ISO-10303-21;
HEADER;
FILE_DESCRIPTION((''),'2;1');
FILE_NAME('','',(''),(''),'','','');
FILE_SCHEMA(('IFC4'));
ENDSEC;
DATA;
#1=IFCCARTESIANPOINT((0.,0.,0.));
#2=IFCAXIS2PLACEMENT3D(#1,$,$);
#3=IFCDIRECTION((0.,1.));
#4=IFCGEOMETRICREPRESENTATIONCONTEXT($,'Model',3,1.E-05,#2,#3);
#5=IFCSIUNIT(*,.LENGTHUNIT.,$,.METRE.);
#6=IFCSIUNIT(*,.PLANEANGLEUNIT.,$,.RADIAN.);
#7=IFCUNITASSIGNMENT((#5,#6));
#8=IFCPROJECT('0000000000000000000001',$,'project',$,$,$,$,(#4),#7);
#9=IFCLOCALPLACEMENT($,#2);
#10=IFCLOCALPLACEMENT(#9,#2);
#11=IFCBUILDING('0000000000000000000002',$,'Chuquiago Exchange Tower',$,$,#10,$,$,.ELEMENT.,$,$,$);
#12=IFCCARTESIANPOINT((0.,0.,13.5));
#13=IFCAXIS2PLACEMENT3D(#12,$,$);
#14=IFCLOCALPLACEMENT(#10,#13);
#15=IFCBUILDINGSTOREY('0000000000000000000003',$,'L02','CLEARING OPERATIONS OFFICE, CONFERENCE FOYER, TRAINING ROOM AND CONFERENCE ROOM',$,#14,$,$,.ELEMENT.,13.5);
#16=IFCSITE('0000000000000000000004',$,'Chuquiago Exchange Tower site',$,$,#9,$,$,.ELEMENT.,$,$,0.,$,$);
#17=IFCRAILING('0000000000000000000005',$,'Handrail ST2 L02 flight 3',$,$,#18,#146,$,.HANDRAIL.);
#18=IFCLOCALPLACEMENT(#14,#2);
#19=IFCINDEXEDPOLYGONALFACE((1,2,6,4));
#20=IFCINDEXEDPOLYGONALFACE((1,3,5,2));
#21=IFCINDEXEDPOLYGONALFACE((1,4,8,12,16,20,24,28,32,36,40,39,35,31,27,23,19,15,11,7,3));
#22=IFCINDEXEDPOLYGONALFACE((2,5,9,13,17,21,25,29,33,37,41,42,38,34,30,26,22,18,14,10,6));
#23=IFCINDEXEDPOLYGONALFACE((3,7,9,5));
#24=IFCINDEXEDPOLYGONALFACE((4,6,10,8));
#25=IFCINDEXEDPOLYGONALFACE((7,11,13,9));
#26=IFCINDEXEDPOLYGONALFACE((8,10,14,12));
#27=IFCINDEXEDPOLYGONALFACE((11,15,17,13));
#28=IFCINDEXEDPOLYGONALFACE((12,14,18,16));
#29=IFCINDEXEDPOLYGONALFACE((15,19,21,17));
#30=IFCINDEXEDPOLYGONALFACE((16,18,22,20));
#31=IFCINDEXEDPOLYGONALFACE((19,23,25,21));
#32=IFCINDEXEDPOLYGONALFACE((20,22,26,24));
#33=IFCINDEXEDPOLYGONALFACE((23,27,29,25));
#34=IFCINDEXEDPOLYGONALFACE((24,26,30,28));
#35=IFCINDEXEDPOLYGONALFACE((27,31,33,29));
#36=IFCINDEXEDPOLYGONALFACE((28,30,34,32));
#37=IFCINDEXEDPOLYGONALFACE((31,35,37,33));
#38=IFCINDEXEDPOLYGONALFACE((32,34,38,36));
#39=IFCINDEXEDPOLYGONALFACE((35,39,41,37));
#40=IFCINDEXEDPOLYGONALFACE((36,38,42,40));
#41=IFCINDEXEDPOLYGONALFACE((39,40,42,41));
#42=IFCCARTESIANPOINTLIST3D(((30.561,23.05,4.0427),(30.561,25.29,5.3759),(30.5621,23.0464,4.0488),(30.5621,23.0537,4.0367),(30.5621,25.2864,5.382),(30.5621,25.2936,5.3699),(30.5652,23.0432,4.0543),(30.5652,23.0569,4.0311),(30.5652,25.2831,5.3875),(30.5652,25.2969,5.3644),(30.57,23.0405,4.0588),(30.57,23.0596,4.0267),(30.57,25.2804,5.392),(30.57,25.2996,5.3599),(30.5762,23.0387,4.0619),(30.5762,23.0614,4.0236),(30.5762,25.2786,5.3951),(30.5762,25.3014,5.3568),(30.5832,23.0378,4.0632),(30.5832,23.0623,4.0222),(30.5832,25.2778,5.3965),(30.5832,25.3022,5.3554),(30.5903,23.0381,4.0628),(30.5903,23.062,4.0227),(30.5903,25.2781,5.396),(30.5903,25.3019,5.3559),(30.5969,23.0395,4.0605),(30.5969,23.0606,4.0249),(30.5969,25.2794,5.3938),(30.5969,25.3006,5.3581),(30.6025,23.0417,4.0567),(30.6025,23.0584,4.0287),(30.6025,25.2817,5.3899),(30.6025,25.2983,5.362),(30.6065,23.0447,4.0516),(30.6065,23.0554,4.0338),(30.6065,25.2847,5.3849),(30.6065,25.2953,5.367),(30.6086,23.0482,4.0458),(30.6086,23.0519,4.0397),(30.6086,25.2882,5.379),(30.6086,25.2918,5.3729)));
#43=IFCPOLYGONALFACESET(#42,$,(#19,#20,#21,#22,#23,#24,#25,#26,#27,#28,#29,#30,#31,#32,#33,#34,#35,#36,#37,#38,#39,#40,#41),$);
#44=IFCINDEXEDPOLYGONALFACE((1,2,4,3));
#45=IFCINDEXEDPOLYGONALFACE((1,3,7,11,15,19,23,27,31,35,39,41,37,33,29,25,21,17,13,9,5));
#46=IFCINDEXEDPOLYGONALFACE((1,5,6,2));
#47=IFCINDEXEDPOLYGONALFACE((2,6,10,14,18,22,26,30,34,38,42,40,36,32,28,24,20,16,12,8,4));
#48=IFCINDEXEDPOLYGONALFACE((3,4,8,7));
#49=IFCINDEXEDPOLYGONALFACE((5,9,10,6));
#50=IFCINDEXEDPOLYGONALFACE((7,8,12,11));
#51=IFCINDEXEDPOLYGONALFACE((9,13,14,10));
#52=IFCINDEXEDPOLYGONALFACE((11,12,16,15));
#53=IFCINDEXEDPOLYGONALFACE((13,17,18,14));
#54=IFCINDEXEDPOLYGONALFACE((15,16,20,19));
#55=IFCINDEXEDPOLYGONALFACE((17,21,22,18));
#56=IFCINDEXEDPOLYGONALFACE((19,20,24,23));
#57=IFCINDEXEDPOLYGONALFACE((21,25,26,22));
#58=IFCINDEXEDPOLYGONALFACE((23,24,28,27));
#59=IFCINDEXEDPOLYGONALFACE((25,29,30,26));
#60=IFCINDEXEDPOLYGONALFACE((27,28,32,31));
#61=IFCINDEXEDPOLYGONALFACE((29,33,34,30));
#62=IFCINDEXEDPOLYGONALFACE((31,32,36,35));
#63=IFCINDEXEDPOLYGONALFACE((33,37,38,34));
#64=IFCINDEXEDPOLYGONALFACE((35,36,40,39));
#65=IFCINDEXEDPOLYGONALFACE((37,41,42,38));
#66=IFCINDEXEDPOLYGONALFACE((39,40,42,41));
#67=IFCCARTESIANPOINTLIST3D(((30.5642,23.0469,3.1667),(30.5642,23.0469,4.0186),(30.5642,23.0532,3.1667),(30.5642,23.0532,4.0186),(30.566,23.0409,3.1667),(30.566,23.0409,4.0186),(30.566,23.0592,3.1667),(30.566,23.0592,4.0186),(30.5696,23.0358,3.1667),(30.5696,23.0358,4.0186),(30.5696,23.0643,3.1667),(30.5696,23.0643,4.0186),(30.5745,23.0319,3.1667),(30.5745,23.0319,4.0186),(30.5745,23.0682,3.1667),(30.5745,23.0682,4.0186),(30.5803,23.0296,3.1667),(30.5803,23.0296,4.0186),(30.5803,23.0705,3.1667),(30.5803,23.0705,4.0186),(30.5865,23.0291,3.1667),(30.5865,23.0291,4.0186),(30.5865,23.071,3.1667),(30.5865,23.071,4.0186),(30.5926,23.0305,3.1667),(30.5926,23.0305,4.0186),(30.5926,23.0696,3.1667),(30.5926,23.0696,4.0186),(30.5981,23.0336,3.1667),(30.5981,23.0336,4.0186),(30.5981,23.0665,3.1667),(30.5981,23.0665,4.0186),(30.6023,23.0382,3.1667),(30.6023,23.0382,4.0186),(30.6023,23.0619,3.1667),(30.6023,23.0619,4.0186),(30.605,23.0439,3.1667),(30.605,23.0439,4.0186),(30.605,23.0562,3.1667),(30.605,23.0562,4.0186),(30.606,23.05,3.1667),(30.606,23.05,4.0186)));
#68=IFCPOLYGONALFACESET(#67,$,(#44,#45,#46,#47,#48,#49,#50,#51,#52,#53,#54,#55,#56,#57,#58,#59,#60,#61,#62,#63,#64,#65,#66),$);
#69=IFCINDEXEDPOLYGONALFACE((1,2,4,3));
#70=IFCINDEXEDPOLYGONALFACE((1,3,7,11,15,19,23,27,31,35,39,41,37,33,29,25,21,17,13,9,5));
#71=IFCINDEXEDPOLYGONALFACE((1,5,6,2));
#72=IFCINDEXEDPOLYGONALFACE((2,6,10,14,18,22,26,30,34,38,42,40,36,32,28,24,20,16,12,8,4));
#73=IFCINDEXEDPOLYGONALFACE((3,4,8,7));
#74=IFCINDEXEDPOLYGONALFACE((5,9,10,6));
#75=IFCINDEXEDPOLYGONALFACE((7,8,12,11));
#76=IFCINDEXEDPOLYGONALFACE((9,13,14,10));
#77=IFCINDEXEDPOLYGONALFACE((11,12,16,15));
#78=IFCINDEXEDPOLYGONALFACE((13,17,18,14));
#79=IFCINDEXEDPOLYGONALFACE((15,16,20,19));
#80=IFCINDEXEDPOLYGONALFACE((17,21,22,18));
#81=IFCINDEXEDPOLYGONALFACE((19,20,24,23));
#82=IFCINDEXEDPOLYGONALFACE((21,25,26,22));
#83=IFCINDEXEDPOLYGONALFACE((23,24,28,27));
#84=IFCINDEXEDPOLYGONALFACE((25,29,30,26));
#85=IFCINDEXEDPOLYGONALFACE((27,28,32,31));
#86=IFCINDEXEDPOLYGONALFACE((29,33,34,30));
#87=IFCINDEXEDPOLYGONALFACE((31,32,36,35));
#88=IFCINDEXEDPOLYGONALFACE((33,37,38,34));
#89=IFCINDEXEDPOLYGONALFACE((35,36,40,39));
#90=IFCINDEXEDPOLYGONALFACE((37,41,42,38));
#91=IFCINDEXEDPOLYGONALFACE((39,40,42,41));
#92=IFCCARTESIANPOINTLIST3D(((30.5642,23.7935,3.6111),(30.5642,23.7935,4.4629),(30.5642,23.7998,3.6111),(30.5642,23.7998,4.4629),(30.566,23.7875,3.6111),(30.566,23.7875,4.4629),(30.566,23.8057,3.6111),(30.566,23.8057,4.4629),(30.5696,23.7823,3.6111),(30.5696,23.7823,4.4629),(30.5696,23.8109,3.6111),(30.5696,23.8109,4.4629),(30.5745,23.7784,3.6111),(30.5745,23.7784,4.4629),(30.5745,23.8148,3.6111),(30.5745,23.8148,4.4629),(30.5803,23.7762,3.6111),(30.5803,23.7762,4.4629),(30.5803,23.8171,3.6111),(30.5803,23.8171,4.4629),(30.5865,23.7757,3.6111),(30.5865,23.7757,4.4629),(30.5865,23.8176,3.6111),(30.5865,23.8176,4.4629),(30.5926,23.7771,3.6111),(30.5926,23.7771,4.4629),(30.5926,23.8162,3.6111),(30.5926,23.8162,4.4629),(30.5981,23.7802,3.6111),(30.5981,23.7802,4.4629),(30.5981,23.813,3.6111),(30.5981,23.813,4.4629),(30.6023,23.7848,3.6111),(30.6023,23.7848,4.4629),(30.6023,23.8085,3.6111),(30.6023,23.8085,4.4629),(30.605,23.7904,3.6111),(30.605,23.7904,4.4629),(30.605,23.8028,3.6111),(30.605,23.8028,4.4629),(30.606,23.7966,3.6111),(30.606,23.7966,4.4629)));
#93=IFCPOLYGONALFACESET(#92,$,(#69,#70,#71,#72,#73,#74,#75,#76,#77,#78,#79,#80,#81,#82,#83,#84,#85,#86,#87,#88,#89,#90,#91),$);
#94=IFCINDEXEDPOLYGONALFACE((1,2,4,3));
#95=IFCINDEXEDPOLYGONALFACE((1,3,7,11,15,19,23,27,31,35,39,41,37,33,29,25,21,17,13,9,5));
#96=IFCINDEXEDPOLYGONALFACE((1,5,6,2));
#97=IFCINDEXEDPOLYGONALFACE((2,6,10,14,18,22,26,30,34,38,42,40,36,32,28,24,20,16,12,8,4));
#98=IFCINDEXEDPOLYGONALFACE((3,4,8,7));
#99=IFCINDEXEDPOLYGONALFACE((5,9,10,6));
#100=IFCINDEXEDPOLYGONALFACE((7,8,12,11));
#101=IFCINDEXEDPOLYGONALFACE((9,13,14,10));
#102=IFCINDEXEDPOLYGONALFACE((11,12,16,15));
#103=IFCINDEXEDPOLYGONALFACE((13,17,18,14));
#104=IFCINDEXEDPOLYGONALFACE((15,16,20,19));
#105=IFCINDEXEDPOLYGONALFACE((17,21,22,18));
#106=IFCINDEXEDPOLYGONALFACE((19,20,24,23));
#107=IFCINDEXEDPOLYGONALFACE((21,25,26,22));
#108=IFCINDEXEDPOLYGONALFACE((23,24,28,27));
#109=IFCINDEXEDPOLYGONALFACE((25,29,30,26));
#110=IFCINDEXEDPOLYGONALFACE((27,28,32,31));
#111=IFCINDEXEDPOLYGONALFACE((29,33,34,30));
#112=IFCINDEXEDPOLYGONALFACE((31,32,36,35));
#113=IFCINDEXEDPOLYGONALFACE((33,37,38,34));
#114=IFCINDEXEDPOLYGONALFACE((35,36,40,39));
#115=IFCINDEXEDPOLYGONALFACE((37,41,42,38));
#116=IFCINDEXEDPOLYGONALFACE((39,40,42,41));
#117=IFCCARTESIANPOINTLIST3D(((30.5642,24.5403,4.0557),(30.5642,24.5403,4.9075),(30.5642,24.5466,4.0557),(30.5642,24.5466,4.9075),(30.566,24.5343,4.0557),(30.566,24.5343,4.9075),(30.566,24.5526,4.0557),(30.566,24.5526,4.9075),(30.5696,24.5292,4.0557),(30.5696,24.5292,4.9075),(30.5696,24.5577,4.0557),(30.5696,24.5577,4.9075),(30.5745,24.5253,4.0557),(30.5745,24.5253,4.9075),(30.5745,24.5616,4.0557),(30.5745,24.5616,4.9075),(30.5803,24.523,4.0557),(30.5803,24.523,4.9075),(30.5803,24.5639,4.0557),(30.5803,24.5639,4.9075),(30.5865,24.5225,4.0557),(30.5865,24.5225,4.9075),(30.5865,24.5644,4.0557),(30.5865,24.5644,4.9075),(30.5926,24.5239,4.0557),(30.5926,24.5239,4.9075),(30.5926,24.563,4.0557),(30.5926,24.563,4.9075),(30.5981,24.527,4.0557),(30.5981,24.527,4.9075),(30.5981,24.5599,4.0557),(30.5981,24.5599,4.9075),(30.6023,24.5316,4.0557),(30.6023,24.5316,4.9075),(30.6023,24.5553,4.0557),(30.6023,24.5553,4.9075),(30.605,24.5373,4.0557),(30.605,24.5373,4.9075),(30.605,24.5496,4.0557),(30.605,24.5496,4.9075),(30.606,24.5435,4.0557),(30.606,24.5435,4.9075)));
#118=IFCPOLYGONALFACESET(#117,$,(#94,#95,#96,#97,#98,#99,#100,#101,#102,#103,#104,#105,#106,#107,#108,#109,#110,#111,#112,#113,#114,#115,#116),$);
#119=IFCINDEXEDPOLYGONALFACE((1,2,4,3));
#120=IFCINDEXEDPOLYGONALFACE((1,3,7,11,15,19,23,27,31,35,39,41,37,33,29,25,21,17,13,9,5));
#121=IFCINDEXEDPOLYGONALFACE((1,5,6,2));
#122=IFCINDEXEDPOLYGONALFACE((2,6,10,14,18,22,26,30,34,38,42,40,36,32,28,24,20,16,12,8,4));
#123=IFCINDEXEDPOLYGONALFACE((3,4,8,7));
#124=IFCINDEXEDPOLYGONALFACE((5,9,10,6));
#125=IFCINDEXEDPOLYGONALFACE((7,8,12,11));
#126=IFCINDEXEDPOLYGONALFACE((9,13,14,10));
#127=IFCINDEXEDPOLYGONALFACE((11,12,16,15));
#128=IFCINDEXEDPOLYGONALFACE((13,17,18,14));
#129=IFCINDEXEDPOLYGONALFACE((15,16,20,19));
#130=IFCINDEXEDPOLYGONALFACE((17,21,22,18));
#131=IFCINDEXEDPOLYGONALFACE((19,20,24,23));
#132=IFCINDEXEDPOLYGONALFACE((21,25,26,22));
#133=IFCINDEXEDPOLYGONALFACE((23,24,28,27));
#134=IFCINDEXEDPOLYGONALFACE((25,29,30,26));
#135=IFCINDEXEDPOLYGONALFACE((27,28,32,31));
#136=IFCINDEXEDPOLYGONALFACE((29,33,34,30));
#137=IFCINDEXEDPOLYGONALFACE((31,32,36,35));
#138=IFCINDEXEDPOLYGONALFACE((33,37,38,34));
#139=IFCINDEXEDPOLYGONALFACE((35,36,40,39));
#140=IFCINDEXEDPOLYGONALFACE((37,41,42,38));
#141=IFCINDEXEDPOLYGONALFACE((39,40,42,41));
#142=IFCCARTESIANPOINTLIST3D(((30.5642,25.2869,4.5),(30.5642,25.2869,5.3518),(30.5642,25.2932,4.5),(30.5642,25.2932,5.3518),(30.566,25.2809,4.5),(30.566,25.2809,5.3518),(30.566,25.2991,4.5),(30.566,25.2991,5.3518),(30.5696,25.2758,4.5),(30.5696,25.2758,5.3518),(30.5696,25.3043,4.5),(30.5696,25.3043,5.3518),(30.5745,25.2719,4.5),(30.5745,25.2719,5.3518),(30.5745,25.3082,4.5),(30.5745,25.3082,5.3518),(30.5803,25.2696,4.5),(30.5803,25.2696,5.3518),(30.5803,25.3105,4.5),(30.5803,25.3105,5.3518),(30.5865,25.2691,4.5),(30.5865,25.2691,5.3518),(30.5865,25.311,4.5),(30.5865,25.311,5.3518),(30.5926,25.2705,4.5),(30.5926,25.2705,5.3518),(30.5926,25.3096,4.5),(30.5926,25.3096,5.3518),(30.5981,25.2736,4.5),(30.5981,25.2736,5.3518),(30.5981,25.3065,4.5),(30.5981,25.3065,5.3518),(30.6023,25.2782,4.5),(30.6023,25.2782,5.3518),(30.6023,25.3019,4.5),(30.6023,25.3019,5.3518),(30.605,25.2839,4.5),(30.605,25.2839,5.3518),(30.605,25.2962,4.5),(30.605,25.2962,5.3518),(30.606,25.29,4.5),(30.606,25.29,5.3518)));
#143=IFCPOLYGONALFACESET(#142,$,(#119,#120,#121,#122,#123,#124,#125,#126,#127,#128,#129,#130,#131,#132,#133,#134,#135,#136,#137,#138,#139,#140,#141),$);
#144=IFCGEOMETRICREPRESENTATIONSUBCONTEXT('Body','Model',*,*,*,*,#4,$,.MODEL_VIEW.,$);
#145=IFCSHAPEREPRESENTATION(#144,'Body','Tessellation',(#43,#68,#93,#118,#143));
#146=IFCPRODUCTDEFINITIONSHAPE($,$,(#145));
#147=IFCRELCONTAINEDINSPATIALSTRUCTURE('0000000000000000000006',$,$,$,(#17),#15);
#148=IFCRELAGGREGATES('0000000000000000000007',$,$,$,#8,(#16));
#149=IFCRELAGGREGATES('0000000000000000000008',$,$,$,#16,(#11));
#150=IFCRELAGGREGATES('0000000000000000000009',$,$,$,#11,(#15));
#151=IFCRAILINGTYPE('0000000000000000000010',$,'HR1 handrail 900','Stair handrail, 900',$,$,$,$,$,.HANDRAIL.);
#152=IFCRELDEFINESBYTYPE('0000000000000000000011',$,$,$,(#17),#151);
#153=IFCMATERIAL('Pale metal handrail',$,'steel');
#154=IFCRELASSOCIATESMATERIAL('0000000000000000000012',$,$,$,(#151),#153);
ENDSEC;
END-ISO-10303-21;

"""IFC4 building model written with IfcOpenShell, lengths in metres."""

from ifc_helpers import new_model, si_unit, direction, frame, origin, origin_2d, place, context, subcontext, project, spatial, circle, extrude, material, type_object, element, save


model = new_model("IFC4")

# Units and contexts
model_context = context("Model", 3, precision=1e-05, world=origin(), true_north=direction((0.0, 1.0)))
body_context = subcontext(model_context, "Body", "Model", "MODEL_VIEW")
ifc_project = project(units=[si_unit("LENGTHUNIT", "METRE"), si_unit("PLANEANGLEUNIT", "RADIAN")], contexts=[model_context])

# Site, building, storey
site_placement = place(None, origin())
site = spatial("IfcSite", under=ifc_project, at=site_placement, Name="Chuquiago Exchange Tower site", CompositionType="ELEMENT", RefElevation=0.0)
building_placement = place(site_placement, origin())
building = spatial("IfcBuilding", under=site, at=building_placement, Name="Chuquiago Exchange Tower", CompositionType="ELEMENT")
storey_placement = place(building_placement, frame((0.0, 0.0, 13.5)))
storey = spatial("IfcBuildingStorey", under=building, at=storey_placement, Name="L02", Description="CLEARING OPERATIONS OFFICE, CONFERENCE FOYER, TRAINING ROOM AND CONFERENCE ROOM", CompositionType="ELEMENT", Elevation=13.5)

# Railing
ifc_material_1 = material(Name="Pale metal handrail", Category="steel")
railing_type_1 = type_object("IfcRailingType", Name="HR1 handrail 900", Description="Stair handrail, 900", PredefinedType="HANDRAIL", material=ifc_material_1)
for number, where, name in (
    (1, (30.585, 23.05, 3.1667), "Handrail ST2 L02 flight 3"),
):
    element("IfcRailing", number, at=place(storey_placement, frame(where)), inside=storey, type_object=railing_type_1, Name=name, PredefinedType="HANDRAIL", context=body_context, shape_type="SweptSolid", body=[
        extrude(circle(Radius=0.0239, at=origin_2d()), frame((0.0, 0.0, 0.876), z_axis=(0.0, 0.859306, 0.511462), x_axis=(-1.0, 0.0, 0.0)), (0.0, 0.0, 1.0), 2.6067),
        extrude(circle(Radius=0.021, at=origin_2d()), origin(), (0.0, 0.0, 1.0), 0.8518),
        extrude(circle(Radius=0.021, at=origin_2d()), frame((0.0, 0.7466, 0.4443)), (0.0, 0.0, 1.0), 0.8518),
        extrude(circle(Radius=0.021, at=origin_2d()), frame((0.0, 1.4934, 0.8889)), (0.0, 0.0, 1.0), 0.8518),
        extrude(circle(Radius=0.021, at=origin_2d()), frame((0.0, 2.24, 1.3333)), (0.0, 0.0, 1.0), 0.8518),
    ])

save(model, "model.ifc")
